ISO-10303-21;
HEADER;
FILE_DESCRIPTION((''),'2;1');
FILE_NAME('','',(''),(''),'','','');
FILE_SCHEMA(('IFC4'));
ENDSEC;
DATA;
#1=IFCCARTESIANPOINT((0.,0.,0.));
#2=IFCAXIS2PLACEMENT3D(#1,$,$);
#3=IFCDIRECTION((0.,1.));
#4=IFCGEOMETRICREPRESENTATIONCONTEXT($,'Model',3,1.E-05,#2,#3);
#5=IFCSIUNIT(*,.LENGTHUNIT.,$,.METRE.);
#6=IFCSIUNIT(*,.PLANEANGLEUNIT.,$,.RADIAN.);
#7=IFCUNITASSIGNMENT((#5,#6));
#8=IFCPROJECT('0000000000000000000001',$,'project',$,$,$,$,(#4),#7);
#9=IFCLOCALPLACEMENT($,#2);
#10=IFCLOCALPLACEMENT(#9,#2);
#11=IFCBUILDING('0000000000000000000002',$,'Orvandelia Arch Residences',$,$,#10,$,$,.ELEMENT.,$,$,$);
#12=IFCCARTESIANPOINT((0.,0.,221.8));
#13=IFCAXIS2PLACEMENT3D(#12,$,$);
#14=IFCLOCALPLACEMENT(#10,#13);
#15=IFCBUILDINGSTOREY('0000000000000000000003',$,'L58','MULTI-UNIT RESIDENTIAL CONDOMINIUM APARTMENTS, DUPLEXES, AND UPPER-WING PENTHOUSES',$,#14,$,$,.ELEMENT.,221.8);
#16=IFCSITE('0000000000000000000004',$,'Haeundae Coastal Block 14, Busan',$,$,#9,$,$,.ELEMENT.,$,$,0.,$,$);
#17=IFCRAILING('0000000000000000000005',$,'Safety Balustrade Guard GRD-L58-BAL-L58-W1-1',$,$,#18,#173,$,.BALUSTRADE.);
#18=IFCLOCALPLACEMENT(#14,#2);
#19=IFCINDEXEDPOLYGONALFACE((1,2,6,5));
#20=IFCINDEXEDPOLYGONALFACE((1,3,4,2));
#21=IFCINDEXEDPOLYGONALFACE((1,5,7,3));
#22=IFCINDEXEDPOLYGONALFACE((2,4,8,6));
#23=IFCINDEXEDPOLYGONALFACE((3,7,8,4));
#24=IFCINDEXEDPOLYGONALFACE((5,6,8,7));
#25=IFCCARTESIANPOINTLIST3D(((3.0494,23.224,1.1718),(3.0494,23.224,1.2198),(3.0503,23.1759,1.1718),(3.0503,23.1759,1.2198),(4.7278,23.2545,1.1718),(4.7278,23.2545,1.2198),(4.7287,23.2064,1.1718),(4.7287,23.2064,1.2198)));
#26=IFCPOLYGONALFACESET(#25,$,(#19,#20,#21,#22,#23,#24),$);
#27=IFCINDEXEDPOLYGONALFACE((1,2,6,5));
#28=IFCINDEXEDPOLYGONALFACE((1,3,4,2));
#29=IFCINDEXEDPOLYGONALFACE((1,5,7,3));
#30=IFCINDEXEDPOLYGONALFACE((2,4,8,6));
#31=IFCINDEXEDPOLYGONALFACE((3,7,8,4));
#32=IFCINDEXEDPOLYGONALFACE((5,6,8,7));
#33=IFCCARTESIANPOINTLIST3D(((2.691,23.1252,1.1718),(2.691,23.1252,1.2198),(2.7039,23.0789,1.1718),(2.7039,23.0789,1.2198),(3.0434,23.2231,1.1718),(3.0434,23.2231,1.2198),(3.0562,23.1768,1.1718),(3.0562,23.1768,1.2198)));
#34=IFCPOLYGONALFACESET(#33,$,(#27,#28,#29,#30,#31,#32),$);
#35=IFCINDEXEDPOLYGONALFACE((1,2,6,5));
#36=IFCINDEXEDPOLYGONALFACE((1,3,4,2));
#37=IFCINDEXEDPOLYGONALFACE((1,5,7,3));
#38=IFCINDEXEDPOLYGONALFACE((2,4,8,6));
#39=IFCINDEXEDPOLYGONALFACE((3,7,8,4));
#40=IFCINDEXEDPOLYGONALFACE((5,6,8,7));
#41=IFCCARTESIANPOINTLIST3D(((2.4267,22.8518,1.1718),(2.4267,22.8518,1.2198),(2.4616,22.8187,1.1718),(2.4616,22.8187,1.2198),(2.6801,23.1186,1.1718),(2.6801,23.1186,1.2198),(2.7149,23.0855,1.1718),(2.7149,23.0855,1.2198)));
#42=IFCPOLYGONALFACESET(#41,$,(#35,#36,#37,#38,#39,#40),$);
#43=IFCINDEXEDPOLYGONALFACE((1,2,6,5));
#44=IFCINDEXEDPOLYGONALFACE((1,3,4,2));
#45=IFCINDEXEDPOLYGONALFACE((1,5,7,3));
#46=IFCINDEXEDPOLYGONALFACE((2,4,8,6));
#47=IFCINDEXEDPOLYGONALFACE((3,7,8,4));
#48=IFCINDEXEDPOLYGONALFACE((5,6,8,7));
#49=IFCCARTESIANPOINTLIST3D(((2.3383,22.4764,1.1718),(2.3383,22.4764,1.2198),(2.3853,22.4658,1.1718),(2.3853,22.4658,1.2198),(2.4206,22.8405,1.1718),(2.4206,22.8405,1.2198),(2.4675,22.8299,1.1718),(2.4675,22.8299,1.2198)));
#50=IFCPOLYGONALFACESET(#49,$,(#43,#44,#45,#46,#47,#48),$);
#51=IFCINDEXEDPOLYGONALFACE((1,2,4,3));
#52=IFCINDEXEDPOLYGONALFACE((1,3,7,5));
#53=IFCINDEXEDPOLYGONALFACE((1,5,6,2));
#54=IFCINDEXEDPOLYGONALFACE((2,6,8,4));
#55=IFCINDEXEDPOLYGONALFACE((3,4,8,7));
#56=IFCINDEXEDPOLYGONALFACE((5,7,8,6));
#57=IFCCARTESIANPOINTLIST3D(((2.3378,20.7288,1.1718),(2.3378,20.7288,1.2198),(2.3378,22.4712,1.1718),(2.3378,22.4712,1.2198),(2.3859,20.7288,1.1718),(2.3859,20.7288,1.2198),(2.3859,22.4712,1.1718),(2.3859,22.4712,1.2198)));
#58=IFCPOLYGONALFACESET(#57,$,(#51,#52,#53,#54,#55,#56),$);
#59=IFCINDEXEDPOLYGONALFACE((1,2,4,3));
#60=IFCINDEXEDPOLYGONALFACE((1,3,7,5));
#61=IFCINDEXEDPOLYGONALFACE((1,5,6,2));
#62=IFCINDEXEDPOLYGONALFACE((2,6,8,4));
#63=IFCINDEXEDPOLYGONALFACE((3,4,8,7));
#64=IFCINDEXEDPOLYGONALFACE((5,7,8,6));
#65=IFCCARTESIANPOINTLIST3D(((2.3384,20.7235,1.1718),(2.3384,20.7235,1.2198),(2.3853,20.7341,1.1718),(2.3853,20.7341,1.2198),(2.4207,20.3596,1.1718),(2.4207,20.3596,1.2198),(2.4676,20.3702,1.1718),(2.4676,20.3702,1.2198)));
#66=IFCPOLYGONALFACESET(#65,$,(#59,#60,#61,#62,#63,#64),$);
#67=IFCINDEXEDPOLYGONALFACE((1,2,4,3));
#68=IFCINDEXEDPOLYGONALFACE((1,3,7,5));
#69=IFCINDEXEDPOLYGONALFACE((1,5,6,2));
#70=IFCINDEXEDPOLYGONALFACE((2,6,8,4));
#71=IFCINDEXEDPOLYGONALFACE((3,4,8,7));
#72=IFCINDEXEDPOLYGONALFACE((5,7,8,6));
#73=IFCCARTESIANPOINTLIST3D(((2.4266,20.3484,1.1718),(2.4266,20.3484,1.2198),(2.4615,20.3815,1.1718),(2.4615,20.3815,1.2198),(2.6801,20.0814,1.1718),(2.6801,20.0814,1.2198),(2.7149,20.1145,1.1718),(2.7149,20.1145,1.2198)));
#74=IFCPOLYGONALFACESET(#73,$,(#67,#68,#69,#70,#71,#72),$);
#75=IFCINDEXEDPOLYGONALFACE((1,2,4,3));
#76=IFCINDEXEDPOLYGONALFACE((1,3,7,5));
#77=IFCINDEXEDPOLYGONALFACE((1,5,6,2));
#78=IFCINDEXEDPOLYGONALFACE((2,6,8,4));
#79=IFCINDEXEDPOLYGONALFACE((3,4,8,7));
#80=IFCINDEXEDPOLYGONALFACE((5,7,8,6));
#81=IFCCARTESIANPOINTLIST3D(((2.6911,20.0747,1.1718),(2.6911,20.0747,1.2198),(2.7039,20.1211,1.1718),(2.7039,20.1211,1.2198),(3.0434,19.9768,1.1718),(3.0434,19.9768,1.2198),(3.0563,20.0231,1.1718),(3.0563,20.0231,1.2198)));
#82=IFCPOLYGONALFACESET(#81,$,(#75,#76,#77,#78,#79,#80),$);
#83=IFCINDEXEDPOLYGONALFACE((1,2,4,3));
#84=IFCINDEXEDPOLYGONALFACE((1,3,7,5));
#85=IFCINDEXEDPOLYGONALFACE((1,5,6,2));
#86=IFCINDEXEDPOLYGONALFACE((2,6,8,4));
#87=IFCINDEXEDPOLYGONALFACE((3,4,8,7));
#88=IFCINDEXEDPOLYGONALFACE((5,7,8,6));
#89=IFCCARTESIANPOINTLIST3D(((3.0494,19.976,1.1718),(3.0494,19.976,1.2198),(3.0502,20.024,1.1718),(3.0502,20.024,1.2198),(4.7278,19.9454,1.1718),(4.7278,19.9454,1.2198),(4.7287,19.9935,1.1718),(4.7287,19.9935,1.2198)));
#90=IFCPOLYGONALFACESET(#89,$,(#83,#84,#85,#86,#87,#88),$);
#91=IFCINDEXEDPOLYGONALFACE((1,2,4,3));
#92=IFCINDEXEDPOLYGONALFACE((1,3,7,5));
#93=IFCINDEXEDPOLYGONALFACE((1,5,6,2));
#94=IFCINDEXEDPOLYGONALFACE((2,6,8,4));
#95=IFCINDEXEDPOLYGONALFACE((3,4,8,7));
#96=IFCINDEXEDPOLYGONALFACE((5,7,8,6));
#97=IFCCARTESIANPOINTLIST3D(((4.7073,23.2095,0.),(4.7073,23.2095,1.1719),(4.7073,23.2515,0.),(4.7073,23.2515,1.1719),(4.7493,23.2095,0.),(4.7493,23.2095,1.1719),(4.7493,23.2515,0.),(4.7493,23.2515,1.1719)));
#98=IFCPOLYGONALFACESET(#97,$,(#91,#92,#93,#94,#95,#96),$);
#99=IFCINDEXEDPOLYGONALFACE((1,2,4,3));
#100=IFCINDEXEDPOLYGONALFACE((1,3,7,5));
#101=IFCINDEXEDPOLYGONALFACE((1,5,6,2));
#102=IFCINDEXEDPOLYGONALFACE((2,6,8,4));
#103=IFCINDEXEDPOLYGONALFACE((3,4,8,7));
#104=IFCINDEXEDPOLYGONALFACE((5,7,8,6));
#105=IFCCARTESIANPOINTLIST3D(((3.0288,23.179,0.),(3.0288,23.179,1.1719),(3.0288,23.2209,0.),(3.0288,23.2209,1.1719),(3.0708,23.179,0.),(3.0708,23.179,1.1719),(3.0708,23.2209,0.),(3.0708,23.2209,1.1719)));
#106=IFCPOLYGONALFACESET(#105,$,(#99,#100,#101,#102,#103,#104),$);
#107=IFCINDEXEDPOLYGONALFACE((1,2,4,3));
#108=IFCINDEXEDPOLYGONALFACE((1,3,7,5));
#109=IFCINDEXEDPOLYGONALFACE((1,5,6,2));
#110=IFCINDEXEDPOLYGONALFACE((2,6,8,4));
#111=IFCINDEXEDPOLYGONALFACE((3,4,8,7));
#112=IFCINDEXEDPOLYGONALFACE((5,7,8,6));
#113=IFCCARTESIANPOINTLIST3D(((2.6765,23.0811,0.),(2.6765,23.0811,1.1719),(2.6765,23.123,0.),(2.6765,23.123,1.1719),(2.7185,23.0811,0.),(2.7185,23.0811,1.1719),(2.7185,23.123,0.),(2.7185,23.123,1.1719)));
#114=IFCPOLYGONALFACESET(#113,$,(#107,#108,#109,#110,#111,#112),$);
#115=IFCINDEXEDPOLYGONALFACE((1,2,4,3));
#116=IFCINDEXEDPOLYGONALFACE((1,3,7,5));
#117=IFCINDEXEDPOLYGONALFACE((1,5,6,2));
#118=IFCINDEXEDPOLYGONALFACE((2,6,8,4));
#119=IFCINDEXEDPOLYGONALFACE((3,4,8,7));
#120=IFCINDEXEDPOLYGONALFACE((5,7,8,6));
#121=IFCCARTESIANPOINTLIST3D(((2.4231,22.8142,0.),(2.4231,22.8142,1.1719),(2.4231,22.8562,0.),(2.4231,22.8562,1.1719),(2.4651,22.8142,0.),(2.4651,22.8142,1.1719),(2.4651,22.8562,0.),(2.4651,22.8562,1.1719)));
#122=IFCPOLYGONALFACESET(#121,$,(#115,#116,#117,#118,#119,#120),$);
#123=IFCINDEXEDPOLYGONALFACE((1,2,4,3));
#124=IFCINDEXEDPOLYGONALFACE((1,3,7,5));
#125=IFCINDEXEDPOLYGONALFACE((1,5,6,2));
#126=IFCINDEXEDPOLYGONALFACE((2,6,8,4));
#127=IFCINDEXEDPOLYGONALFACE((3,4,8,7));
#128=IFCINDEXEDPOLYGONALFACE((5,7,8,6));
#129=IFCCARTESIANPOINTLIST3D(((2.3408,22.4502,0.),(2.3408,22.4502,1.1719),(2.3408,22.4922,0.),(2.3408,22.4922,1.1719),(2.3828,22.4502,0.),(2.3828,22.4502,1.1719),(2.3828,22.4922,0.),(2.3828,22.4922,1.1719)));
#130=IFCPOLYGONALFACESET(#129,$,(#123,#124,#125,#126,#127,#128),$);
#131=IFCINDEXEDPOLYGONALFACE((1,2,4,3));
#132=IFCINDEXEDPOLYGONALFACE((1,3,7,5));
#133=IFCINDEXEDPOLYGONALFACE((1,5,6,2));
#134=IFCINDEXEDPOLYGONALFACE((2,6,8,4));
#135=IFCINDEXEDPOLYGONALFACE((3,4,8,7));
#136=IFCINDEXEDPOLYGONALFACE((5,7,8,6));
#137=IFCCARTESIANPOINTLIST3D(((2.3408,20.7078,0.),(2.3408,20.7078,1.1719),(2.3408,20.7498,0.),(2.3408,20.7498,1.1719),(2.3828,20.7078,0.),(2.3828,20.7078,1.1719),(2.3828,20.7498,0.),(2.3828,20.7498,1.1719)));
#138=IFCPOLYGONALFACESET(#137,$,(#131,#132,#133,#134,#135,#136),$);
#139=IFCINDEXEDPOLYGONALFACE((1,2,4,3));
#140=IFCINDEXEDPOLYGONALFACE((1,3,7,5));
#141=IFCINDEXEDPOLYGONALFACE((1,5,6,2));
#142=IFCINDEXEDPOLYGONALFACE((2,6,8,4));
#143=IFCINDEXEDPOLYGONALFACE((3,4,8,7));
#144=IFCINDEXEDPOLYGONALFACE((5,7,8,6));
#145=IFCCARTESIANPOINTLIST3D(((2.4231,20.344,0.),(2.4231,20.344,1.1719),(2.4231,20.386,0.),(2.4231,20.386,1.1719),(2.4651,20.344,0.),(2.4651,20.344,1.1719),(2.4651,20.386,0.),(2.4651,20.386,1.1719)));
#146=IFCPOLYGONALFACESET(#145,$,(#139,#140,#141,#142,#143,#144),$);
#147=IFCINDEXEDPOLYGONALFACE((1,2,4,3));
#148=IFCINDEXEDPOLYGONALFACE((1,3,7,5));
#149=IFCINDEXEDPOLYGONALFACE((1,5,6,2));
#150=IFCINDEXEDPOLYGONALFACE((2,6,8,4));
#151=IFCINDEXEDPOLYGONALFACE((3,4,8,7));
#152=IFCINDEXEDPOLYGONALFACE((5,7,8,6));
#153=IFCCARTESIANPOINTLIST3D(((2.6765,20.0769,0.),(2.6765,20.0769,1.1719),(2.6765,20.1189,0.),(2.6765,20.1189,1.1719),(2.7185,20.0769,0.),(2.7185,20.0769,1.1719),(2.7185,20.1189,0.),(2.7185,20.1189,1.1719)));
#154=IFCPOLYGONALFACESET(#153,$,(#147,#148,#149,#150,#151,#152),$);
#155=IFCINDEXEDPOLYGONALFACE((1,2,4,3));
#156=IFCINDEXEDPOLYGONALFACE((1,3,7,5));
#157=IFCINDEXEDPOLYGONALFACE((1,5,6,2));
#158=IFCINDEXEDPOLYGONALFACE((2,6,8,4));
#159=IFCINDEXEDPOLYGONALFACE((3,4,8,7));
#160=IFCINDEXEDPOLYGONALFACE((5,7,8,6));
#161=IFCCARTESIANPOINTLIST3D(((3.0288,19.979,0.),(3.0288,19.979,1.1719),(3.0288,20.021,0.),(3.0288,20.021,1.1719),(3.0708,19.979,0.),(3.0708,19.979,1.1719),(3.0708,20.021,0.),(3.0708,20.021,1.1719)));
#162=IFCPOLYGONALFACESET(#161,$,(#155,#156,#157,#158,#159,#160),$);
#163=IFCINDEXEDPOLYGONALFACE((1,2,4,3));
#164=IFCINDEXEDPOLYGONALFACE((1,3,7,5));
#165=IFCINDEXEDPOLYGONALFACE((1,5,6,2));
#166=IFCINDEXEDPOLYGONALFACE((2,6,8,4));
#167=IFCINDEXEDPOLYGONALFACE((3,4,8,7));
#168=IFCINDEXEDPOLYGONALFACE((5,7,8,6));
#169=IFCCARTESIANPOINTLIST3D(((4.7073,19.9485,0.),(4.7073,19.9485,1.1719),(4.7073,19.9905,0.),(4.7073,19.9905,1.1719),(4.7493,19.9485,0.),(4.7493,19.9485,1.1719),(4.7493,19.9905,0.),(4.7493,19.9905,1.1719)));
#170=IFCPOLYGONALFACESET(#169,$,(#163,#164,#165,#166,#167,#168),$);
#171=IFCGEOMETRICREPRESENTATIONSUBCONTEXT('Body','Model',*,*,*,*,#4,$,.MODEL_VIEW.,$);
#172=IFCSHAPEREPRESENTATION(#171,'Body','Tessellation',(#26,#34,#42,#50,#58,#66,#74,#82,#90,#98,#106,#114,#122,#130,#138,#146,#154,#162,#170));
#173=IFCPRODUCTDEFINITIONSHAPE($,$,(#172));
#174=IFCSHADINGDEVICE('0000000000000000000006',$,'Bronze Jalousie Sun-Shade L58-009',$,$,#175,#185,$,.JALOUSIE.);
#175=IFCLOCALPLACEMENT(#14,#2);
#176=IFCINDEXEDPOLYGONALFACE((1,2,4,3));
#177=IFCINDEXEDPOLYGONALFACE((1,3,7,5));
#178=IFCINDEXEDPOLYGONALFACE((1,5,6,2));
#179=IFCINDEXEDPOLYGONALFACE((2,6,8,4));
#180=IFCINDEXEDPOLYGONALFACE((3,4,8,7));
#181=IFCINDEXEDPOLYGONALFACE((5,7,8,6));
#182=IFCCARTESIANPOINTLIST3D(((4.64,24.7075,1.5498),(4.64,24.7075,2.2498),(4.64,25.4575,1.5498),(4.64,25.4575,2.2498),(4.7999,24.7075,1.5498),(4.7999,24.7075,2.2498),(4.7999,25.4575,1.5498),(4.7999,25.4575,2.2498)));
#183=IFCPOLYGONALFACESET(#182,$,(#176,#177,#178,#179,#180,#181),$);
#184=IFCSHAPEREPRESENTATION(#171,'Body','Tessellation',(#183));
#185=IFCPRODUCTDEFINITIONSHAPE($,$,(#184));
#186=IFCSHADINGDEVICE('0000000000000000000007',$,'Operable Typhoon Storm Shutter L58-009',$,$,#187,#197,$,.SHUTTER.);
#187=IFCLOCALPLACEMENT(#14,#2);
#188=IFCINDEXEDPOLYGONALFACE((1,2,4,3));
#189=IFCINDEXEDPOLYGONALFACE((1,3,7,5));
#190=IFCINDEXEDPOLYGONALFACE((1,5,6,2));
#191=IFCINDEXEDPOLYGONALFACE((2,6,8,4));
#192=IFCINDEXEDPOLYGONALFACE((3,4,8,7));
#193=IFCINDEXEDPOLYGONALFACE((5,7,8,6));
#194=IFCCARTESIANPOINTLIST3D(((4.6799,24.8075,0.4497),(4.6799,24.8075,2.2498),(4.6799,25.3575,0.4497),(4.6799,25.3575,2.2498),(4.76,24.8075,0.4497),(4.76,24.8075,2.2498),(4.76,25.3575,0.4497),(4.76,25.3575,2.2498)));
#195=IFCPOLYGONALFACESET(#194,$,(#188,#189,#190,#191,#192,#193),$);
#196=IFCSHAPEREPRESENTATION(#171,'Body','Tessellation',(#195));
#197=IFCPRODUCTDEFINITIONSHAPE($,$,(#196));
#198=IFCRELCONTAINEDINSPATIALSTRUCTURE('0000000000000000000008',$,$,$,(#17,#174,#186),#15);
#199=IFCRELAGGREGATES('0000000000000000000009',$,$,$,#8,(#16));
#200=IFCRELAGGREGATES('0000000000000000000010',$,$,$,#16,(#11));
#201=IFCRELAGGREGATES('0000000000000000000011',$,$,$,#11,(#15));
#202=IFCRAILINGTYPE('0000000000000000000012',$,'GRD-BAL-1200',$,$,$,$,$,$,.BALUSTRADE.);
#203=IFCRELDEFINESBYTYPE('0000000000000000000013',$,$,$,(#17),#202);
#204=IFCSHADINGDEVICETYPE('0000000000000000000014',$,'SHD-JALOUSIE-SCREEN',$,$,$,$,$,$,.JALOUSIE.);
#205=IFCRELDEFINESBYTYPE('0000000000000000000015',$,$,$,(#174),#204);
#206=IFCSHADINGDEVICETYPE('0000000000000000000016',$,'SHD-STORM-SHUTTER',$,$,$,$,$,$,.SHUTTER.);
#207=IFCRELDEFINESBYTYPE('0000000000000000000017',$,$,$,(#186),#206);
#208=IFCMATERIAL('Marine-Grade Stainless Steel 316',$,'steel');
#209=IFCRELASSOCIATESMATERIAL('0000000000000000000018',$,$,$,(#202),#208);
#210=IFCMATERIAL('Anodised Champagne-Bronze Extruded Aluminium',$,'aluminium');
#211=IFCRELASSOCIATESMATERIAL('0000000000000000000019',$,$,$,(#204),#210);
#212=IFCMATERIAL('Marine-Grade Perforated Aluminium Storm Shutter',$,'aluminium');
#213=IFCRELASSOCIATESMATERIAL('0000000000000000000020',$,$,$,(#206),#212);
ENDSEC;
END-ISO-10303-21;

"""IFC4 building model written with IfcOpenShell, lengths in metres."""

from ifc_helpers import new_model, si_unit, direction, frame, origin, origin_2d, place, context, subcontext, project, spatial, rectangle, extrude, material, type_object, element, save


model = new_model("IFC4")

# Units and contexts
model_context = context("Model", 3, precision=1e-05, world=origin(), true_north=direction((0.0, 1.0)))
body_context = subcontext(model_context, "Body", "Model", "MODEL_VIEW")
ifc_project = project(units=[si_unit("LENGTHUNIT", "METRE"), si_unit("PLANEANGLEUNIT", "RADIAN")], contexts=[model_context])

# Site, building, storey
site_placement = place(None, origin())
site = spatial("IfcSite", under=ifc_project, at=site_placement, Name="Haeundae Coastal Block 14, Busan", CompositionType="ELEMENT", RefElevation=0.0)
building_placement = place(site_placement, origin())
building = spatial("IfcBuilding", under=site, at=building_placement, Name="Orvandelia Arch Residences", CompositionType="ELEMENT")
storey_placement = place(building_placement, frame((0.0, 0.0, 221.8)))
storey = spatial("IfcBuildingStorey", under=building, at=storey_placement, Name="L58", Description="MULTI-UNIT RESIDENTIAL CONDOMINIUM APARTMENTS, DUPLEXES, AND UPPER-WING PENTHOUSES", CompositionType="ELEMENT", Elevation=221.8)

# Railing
ifc_material_1 = material(Name="Marine-Grade Stainless Steel 316", Category="steel")
railing_type = type_object("IfcRailingType", Name="GRD-BAL-1200", PredefinedType="BALUSTRADE", material=ifc_material_1)
railing_placement = place(storey_placement, frame((4.7283, 23.2305, 0.0)))
element("IfcRailing", 1, at=railing_placement, inside=storey, type_object=railing_type, Name="Safety Balustrade Guard GRD-L58-BAL-L58-W1-1", PredefinedType="BALUSTRADE", context=body_context, shape_type="SweptSolid", body=[
    extrude(rectangle(XDim=0.0481, YDim=0.0481, at=origin_2d()), frame((0.0, 0.0, 1.1958), z_axis=(-0.999835, -0.018179, 0.0), x_axis=(0.018179, -0.999835, 0.0)), (0.0, 0.0, 1.0), 1.6787),
    extrude(rectangle(XDim=0.0481, YDim=0.0481, at=origin_2d()), frame((-1.6785, -0.0305, 1.1958), z_axis=(-0.963489, -0.267747, 0.0), x_axis=(0.267747, -0.963489, 0.0)), (0.0, 0.0, 1.0), 0.3657),
    extrude(rectangle(XDim=0.0481, YDim=0.0481, at=origin_2d()), frame((-2.0308, -0.1284, 1.1958), z_axis=(-0.688627, -0.725115, 0.0), x_axis=(0.725115, -0.688627, 0.0)), (0.0, 0.0, 1.0), 0.3679),
    extrude(rectangle(XDim=0.0481, YDim=0.0481, at=origin_2d()), frame((-2.2842, -0.3953, 1.1958), z_axis=(-0.220462, -0.975396, 0.0), x_axis=(0.975396, -0.220462, 0.0)), (0.0, 0.0, 1.0), 0.3733),
    extrude(rectangle(XDim=0.0481, YDim=0.0481, at=origin_2d()), frame((-2.3665, -0.7593, 1.1958), z_axis=(0.0, -1.0, 0.0), x_axis=(1.0, 0.0, 0.0)), (0.0, 0.0, 1.0), 1.7424),
    extrude(rectangle(XDim=0.0481, YDim=0.0481, at=origin_2d()), frame((-2.3665, -2.5017, 1.1958), z_axis=(0.220602, -0.975364, 0.0), x_axis=(0.975364, 0.220602, 0.0)), (0.0, 0.0, 1.0), 0.373),
    extrude(rectangle(XDim=0.0481, YDim=0.0481, at=origin_2d()), frame((-2.2842, -2.8655, 1.1958), z_axis=(0.688296, -0.72543, 0.0), x_axis=(0.72543, 0.688296, 0.0)), (0.0, 0.0, 1.0), 0.3682),
    extrude(rectangle(XDim=0.0481, YDim=0.0481, at=origin_2d()), frame((-2.0308, -3.1326, 1.1958), z_axis=(0.963489, -0.267747, 0.0), x_axis=(0.267747, 0.963489, 0.0)), (0.0, 0.0, 1.0), 0.3657),
    extrude(rectangle(XDim=0.0481, YDim=0.0481, at=origin_2d()), frame((-1.6785, -3.2305, 1.1958), z_axis=(0.999835, -0.018179, 0.0), x_axis=(0.018179, 0.999835, 0.0)), (0.0, 0.0, 1.0), 1.6787),
    extrude(rectangle(XDim=0.042, YDim=0.042, at=origin_2d()), origin(), (0.0, 0.0, 1.0), 1.1719),
    extrude(rectangle(XDim=0.042, YDim=0.042, at=origin_2d()), frame((-1.6785, -0.0305, 0.0)), (0.0, 0.0, 1.0), 1.1719),
    extrude(rectangle(XDim=0.042, YDim=0.042, at=origin_2d()), frame((-2.0308, -0.1284, 0.0)), (0.0, 0.0, 1.0), 1.1719),
    extrude(rectangle(XDim=0.042, YDim=0.042, at=origin_2d()), frame((-2.2842, -0.3953, 0.0)), (0.0, 0.0, 1.0), 1.1719),
    extrude(rectangle(XDim=0.042, YDim=0.042, at=origin_2d()), frame((-2.3665, -0.7593, 0.0)), (0.0, 0.0, 1.0), 1.1719),
    extrude(rectangle(XDim=0.042, YDim=0.042, at=origin_2d()), frame((-2.3665, -2.5017, 0.0)), (0.0, 0.0, 1.0), 1.1719),
    extrude(rectangle(XDim=0.042, YDim=0.042, at=origin_2d()), frame((-2.2842, -2.8655, 0.0)), (0.0, 0.0, 1.0), 1.1719),
    extrude(rectangle(XDim=0.042, YDim=0.042, at=origin_2d()), frame((-2.0308, -3.1326, 0.0)), (0.0, 0.0, 1.0), 1.1719),
    extrude(rectangle(XDim=0.042, YDim=0.042, at=origin_2d()), frame((-1.6785, -3.2305, 0.0)), (0.0, 0.0, 1.0), 1.1719),
    extrude(rectangle(XDim=0.042, YDim=0.042, at=origin_2d()), frame((0.0, -3.261, 0.0)), (0.0, 0.0, 1.0), 1.1719),
])

# Shading devices
ifc_material_2 = material(Name="Anodised Champagne-Bronze Extruded Aluminium", Category="aluminium")
shading_device_type_1 = type_object("IfcShadingDeviceType", Name="SHD-JALOUSIE-SCREEN", PredefinedType="JALOUSIE", material=ifc_material_2)
shading_device_1_placement = place(storey_placement, frame((4.72, 25.0825, 1.5498), z_axis=(0.0, 0.0, 1.0), x_axis=(0.0, 1.0, 0.0)))
element("IfcShadingDevice", 2, at=shading_device_1_placement, inside=storey, type_object=shading_device_type_1, Name="Bronze Jalousie Sun-Shade L58-009", PredefinedType="JALOUSIE", context=body_context, shape_type="SweptSolid", body=[
    extrude(rectangle(XDim=0.75, YDim=0.1599, at=origin_2d()), origin(), (0.0, 0.0, 1.0), 0.7),
])
ifc_material_3 = material(Name="Marine-Grade Perforated Aluminium Storm Shutter", Category="aluminium")
shading_device_type_2 = type_object("IfcShadingDeviceType", Name="SHD-STORM-SHUTTER", PredefinedType="SHUTTER", material=ifc_material_3)
shading_device_2_placement = place(storey_placement, frame((4.72, 25.0825, 0.4497), z_axis=(0.0, 0.0, 1.0), x_axis=(0.0, 1.0, 0.0)))
element("IfcShadingDevice", 3, at=shading_device_2_placement, inside=storey, type_object=shading_device_type_2, Name="Operable Typhoon Storm Shutter L58-009", PredefinedType="SHUTTER", context=body_context, shape_type="SweptSolid", body=[
    extrude(rectangle(XDim=0.55, YDim=0.0801, at=origin_2d()), origin(), (0.0, 0.0, 1.0), 1.8),
])

save(model, "model.ifc")
